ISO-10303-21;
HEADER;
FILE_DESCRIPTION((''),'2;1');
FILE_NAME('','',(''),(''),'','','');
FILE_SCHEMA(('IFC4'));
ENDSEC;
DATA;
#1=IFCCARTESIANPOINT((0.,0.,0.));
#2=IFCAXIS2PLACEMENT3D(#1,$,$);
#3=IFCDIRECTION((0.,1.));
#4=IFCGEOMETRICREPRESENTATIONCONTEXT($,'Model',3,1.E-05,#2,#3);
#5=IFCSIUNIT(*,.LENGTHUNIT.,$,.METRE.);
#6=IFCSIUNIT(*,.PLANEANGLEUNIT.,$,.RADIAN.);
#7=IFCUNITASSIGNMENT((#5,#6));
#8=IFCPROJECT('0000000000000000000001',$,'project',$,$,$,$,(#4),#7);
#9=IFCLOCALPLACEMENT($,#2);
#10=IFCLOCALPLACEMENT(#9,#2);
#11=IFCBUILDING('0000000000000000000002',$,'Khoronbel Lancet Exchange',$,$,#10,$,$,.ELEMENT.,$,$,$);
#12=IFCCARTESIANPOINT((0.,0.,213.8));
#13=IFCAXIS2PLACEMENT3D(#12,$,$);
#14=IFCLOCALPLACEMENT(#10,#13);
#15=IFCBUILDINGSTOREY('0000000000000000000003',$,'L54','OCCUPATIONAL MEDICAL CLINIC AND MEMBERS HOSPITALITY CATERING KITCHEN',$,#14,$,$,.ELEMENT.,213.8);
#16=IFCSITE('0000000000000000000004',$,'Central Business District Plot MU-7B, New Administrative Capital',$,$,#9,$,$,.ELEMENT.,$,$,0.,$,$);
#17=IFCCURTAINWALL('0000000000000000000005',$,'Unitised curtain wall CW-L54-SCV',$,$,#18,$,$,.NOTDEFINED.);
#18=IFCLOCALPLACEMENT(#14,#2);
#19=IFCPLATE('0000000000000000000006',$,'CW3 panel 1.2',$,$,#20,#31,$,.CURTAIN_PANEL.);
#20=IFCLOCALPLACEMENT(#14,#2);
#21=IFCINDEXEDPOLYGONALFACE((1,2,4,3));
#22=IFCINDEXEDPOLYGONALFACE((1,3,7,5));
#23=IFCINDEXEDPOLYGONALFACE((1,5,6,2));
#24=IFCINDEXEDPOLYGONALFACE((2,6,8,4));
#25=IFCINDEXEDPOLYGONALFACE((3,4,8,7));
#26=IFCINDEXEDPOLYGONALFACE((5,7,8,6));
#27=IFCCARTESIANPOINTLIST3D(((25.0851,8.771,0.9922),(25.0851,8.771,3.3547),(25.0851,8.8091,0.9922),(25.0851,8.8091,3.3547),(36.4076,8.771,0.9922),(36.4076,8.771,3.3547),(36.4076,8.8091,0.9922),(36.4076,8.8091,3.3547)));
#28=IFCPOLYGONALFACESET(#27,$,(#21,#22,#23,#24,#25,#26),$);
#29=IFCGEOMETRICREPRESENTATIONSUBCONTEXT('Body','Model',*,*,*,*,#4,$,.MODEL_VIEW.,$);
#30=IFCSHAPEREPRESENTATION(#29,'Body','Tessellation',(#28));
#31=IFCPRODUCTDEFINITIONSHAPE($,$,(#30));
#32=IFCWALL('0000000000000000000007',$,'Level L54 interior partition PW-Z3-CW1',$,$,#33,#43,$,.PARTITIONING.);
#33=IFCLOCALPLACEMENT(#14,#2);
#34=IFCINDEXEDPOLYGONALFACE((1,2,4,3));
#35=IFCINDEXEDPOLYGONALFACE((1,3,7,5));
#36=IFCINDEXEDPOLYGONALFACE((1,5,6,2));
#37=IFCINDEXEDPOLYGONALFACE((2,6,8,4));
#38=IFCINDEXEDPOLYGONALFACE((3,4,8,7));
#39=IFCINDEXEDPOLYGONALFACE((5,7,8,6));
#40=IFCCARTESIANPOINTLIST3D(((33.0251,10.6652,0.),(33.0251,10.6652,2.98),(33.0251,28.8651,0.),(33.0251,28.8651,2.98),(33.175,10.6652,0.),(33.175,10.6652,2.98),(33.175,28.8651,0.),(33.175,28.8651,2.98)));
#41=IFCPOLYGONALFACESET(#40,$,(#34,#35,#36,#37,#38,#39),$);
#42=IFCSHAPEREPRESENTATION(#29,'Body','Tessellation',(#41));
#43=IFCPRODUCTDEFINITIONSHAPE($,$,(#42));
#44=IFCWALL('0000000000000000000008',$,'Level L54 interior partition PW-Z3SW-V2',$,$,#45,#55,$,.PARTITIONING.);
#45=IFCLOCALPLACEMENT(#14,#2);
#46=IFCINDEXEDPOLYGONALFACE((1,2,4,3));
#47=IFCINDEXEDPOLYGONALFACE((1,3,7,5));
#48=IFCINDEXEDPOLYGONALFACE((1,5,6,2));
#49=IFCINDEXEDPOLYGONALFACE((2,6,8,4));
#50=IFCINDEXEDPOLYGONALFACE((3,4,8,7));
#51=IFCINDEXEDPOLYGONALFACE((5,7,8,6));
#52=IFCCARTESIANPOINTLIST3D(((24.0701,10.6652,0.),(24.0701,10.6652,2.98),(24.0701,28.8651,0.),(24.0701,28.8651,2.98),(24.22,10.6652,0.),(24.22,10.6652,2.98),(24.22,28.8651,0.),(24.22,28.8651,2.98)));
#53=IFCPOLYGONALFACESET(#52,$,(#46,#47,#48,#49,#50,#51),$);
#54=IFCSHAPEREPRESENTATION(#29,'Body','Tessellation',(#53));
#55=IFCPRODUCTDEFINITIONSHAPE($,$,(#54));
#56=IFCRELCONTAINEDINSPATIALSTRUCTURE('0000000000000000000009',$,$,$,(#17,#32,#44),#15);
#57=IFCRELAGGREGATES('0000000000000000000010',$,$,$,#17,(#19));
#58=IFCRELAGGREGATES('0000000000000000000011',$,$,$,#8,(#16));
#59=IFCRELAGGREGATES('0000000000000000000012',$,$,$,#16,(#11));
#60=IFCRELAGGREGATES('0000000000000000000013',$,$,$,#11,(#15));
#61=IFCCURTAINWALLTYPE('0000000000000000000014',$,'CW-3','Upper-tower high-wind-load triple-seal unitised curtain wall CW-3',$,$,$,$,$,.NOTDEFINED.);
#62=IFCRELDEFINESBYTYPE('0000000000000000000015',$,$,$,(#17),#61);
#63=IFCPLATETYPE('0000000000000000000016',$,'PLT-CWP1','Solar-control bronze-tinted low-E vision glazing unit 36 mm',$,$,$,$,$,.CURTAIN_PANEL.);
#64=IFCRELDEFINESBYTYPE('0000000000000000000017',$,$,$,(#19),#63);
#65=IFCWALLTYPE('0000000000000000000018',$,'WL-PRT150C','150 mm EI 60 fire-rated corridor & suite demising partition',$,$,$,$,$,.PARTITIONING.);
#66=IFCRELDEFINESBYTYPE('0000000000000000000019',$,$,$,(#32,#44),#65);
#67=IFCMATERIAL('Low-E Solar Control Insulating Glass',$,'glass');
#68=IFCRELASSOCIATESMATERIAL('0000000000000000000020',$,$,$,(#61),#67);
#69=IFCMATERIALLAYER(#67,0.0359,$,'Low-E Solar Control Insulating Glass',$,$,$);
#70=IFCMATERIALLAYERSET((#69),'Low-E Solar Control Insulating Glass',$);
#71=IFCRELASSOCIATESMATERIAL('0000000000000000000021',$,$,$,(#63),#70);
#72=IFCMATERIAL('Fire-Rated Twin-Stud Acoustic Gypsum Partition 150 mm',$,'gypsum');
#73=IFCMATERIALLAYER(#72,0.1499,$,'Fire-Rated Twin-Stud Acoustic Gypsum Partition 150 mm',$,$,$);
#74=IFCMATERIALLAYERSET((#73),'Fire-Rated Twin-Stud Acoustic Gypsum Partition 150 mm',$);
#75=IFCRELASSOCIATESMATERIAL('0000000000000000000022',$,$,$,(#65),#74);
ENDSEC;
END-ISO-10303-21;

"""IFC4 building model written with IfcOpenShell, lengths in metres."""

from ifc_helpers import new_model, si_unit, direction, frame, frame_2d, origin, origin_2d, place, context, subcontext, project, spatial, rectangle, extrude, material, layer, layer_set, type_object, element, aggregate, save


model = new_model("IFC4")

# Units and contexts
model_context = context("Model", 3, precision=1e-05, world=origin(), true_north=direction((0.0, 1.0)))
body_context = subcontext(model_context, "Body", "Model", "MODEL_VIEW")
ifc_project = project(units=[si_unit("LENGTHUNIT", "METRE"), si_unit("PLANEANGLEUNIT", "RADIAN")], contexts=[model_context])

# Site, building, storey
site_placement = place(None, origin())
site = spatial("IfcSite", under=ifc_project, at=site_placement, Name="Central Business District Plot MU-7B, New Administrative Capital", CompositionType="ELEMENT", RefElevation=0.0)
building_placement = place(site_placement, origin())
building = spatial("IfcBuilding", under=site, at=building_placement, Name="Khoronbel Lancet Exchange", CompositionType="ELEMENT")
storey_placement = place(building_placement, frame((0.0, 0.0, 213.8)))
storey = spatial("IfcBuildingStorey", under=building, at=storey_placement, Name="L54", Description="OCCUPATIONAL MEDICAL CLINIC AND MEMBERS HOSPITALITY CATERING KITCHEN", CompositionType="ELEMENT", Elevation=213.8)

# Curtain wall
ifc_material_1 = material(Name="Low-E Solar Control Insulating Glass", Category="glass")
curtain_wall_type = type_object("IfcCurtainWallType", Name="CW-3", Description="Upper-tower high-wind-load triple-seal unitised curtain wall CW-3", PredefinedType="NOTDEFINED", material=ifc_material_1)
curtain_wall_1_placement = place(storey_placement, origin())
curtain_wall_1 = element("IfcCurtainWall", 1, at=curtain_wall_1_placement, inside=storey, type_object=curtain_wall_type, Name="Unitised curtain wall CW-L54-SCV", PredefinedType="NOTDEFINED")

# Plate
ifc_layer_1 = layer(ifc_material_1, 0.0359, Name="Low-E Solar Control Insulating Glass")
ifc_layer_set_1 = layer_set([ifc_layer_1], Name="Low-E Solar Control Insulating Glass")
plate_type_1 = type_object("IfcPlateType", Name="PLT-CWP1", Description="Solar-control bronze-tinted low-E vision glazing unit 36 mm", PredefinedType="CURTAIN_PANEL", material=ifc_layer_set_1)
plate_1_placement = place(storey_placement, frame((30.7463, 8.79, 0.9922), z_axis=(0.0, 0.0, 1.0), x_axis=(1.0, 0.0, 0.0)))
plate_1 = element("IfcPlate", 2, at=plate_1_placement, type_object=plate_type_1, Name="CW3 panel 1.2", PredefinedType="CURTAIN_PANEL", context=body_context, shape_type="SweptSolid", body=[
    extrude(rectangle(XDim=11.3225, YDim=0.0381, at=origin_2d()), origin(), (0.0, 0.0, 1.0), 2.3625),
])
aggregate(curtain_wall_1, [plate_1])

# Walls
ifc_material_2 = material(Name="Fire-Rated Twin-Stud Acoustic Gypsum Partition 150 mm", Category="gypsum")
ifc_layer_2 = layer(ifc_material_2, 0.1499, Name="Fire-Rated Twin-Stud Acoustic Gypsum Partition 150 mm")
ifc_layer_set_2 = layer_set([ifc_layer_2], Name="Fire-Rated Twin-Stud Acoustic Gypsum Partition 150 mm")
wall_type = type_object("IfcWallType", Name="WL-PRT150C", Description="150 mm EI 60 fire-rated corridor & suite demising partition", PredefinedType="PARTITIONING", material=ifc_layer_set_2)
for number, where, z_axis, x_axis, name in (
    (3, (33.1001, 10.665, 0.0), (0.0, 0.0, 1.0), (0.0, 1.0, 0.0), "Level L54 interior partition PW-Z3-CW1"),
    (4, (24.145, 10.665, 0.0), (0.0, 0.0, 1.0), (0.0, 1.0, 0.0), "Level L54 interior partition PW-Z3SW-V2"),
):
    element("IfcWall", number, at=place(storey_placement, frame(where, z_axis=z_axis, x_axis=x_axis)), inside=storey, type_object=wall_type, Name=name, PredefinedType="PARTITIONING", context=body_context, shape_type="SweptSolid", body=[
        extrude(rectangle(XDim=18.2, YDim=0.1499, at=frame_2d((9.1001, 0.0))), origin(), (0.0, 0.0, 1.0), 2.98),
    ])

save(model, "model.ifc")
